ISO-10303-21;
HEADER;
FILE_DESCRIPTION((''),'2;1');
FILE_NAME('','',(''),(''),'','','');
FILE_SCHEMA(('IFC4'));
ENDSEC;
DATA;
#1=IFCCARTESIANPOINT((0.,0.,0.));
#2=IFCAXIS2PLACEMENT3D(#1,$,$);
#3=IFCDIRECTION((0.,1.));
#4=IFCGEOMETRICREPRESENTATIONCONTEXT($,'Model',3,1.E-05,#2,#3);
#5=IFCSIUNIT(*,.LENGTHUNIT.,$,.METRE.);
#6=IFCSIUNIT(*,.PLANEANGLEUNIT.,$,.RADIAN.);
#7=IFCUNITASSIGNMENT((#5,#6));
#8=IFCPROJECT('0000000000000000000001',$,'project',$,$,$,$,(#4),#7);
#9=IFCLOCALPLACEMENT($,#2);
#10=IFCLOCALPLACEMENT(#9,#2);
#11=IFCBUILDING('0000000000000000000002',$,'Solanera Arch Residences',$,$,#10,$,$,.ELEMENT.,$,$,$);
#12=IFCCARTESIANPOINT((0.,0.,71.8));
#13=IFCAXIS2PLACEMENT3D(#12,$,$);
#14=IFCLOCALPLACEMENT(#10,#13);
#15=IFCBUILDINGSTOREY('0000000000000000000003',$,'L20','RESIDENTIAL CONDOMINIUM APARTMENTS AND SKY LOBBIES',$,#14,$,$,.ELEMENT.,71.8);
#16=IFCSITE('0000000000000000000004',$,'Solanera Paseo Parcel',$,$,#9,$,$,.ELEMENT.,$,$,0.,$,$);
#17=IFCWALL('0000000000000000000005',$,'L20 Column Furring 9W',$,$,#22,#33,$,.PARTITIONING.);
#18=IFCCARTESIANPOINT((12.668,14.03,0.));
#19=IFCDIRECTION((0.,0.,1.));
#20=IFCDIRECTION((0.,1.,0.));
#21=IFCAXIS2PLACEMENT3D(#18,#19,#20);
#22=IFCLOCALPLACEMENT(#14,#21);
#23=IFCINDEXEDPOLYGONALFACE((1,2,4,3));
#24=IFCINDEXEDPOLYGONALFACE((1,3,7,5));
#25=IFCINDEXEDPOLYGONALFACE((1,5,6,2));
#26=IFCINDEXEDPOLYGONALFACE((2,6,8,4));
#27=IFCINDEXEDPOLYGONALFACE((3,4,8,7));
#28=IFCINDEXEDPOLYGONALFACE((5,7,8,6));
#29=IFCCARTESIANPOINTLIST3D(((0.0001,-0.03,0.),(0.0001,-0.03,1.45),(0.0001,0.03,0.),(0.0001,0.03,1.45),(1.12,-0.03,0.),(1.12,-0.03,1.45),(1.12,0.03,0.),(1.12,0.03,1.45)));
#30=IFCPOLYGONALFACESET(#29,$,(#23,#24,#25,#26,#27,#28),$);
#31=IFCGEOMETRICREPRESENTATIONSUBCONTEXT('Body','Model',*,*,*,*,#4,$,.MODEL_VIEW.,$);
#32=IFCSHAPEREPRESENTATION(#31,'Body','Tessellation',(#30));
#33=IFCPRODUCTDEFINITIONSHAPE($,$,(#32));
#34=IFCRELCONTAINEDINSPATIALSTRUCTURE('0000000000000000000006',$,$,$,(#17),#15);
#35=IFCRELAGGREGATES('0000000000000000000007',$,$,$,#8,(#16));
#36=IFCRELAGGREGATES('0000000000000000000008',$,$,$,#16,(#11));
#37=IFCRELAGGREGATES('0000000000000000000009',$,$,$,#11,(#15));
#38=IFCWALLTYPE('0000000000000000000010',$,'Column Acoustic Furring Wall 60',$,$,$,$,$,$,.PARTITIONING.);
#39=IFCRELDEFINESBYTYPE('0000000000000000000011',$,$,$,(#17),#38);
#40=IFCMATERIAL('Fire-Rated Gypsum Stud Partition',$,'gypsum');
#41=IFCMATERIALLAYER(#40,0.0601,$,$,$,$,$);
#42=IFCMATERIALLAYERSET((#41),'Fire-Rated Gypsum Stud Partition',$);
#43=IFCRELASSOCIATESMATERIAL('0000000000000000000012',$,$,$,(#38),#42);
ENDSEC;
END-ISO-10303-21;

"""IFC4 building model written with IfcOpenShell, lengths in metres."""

from ifc_helpers import new_model, si_unit, direction, frame, frame_2d, origin, place, context, subcontext, project, spatial, rectangle, extrude, material, layer, layer_set, type_object, element, save


model = new_model("IFC4")

# Units and contexts
model_context = context("Model", 3, precision=1e-05, world=origin(), true_north=direction((0.0, 1.0)))
body_context = subcontext(model_context, "Body", "Model", "MODEL_VIEW")
ifc_project = project(units=[si_unit("LENGTHUNIT", "METRE"), si_unit("PLANEANGLEUNIT", "RADIAN")], contexts=[model_context])

# Site, building, storey
site_placement = place(None, origin())
site = spatial("IfcSite", under=ifc_project, at=site_placement, Name="Solanera Paseo Parcel", CompositionType="ELEMENT", RefElevation=0.0)
building_placement = place(site_placement, origin())
building = spatial("IfcBuilding", under=site, at=building_placement, Name="Solanera Arch Residences", CompositionType="ELEMENT")
storey_placement = place(building_placement, frame((0.0, 0.0, 71.8)))
storey = spatial("IfcBuildingStorey", under=building, at=storey_placement, Name="L20", Description="RESIDENTIAL CONDOMINIUM APARTMENTS AND SKY LOBBIES", CompositionType="ELEMENT", Elevation=71.8)

# Wall
ifc_material_1 = material(Name="Fire-Rated Gypsum Stud Partition", Category="gypsum")
ifc_layer_1 = layer(ifc_material_1, 0.0601)
ifc_layer_set_1 = layer_set([ifc_layer_1], Name="Fire-Rated Gypsum Stud Partition")
wall_type_1 = type_object("IfcWallType", Name="Column Acoustic Furring Wall 60", PredefinedType="PARTITIONING", material=ifc_layer_set_1)
wall_1_placement = place(storey_placement, frame((12.668, 14.03, 0.0), z_axis=(0.0, 0.0, 1.0), x_axis=(0.0, 1.0, 0.0)))
element("IfcWall", 1, at=wall_1_placement, inside=storey, type_object=wall_type_1, Name="L20 Column Furring 9W", PredefinedType="PARTITIONING", context=body_context, shape_type="SweptSolid", body=[
    extrude(rectangle(XDim=1.1199, YDim=0.0601, at=frame_2d((0.5601, 0.0))), origin(), (0.0, 0.0, 1.0), 1.45),
])

save(model, "model.ifc")
